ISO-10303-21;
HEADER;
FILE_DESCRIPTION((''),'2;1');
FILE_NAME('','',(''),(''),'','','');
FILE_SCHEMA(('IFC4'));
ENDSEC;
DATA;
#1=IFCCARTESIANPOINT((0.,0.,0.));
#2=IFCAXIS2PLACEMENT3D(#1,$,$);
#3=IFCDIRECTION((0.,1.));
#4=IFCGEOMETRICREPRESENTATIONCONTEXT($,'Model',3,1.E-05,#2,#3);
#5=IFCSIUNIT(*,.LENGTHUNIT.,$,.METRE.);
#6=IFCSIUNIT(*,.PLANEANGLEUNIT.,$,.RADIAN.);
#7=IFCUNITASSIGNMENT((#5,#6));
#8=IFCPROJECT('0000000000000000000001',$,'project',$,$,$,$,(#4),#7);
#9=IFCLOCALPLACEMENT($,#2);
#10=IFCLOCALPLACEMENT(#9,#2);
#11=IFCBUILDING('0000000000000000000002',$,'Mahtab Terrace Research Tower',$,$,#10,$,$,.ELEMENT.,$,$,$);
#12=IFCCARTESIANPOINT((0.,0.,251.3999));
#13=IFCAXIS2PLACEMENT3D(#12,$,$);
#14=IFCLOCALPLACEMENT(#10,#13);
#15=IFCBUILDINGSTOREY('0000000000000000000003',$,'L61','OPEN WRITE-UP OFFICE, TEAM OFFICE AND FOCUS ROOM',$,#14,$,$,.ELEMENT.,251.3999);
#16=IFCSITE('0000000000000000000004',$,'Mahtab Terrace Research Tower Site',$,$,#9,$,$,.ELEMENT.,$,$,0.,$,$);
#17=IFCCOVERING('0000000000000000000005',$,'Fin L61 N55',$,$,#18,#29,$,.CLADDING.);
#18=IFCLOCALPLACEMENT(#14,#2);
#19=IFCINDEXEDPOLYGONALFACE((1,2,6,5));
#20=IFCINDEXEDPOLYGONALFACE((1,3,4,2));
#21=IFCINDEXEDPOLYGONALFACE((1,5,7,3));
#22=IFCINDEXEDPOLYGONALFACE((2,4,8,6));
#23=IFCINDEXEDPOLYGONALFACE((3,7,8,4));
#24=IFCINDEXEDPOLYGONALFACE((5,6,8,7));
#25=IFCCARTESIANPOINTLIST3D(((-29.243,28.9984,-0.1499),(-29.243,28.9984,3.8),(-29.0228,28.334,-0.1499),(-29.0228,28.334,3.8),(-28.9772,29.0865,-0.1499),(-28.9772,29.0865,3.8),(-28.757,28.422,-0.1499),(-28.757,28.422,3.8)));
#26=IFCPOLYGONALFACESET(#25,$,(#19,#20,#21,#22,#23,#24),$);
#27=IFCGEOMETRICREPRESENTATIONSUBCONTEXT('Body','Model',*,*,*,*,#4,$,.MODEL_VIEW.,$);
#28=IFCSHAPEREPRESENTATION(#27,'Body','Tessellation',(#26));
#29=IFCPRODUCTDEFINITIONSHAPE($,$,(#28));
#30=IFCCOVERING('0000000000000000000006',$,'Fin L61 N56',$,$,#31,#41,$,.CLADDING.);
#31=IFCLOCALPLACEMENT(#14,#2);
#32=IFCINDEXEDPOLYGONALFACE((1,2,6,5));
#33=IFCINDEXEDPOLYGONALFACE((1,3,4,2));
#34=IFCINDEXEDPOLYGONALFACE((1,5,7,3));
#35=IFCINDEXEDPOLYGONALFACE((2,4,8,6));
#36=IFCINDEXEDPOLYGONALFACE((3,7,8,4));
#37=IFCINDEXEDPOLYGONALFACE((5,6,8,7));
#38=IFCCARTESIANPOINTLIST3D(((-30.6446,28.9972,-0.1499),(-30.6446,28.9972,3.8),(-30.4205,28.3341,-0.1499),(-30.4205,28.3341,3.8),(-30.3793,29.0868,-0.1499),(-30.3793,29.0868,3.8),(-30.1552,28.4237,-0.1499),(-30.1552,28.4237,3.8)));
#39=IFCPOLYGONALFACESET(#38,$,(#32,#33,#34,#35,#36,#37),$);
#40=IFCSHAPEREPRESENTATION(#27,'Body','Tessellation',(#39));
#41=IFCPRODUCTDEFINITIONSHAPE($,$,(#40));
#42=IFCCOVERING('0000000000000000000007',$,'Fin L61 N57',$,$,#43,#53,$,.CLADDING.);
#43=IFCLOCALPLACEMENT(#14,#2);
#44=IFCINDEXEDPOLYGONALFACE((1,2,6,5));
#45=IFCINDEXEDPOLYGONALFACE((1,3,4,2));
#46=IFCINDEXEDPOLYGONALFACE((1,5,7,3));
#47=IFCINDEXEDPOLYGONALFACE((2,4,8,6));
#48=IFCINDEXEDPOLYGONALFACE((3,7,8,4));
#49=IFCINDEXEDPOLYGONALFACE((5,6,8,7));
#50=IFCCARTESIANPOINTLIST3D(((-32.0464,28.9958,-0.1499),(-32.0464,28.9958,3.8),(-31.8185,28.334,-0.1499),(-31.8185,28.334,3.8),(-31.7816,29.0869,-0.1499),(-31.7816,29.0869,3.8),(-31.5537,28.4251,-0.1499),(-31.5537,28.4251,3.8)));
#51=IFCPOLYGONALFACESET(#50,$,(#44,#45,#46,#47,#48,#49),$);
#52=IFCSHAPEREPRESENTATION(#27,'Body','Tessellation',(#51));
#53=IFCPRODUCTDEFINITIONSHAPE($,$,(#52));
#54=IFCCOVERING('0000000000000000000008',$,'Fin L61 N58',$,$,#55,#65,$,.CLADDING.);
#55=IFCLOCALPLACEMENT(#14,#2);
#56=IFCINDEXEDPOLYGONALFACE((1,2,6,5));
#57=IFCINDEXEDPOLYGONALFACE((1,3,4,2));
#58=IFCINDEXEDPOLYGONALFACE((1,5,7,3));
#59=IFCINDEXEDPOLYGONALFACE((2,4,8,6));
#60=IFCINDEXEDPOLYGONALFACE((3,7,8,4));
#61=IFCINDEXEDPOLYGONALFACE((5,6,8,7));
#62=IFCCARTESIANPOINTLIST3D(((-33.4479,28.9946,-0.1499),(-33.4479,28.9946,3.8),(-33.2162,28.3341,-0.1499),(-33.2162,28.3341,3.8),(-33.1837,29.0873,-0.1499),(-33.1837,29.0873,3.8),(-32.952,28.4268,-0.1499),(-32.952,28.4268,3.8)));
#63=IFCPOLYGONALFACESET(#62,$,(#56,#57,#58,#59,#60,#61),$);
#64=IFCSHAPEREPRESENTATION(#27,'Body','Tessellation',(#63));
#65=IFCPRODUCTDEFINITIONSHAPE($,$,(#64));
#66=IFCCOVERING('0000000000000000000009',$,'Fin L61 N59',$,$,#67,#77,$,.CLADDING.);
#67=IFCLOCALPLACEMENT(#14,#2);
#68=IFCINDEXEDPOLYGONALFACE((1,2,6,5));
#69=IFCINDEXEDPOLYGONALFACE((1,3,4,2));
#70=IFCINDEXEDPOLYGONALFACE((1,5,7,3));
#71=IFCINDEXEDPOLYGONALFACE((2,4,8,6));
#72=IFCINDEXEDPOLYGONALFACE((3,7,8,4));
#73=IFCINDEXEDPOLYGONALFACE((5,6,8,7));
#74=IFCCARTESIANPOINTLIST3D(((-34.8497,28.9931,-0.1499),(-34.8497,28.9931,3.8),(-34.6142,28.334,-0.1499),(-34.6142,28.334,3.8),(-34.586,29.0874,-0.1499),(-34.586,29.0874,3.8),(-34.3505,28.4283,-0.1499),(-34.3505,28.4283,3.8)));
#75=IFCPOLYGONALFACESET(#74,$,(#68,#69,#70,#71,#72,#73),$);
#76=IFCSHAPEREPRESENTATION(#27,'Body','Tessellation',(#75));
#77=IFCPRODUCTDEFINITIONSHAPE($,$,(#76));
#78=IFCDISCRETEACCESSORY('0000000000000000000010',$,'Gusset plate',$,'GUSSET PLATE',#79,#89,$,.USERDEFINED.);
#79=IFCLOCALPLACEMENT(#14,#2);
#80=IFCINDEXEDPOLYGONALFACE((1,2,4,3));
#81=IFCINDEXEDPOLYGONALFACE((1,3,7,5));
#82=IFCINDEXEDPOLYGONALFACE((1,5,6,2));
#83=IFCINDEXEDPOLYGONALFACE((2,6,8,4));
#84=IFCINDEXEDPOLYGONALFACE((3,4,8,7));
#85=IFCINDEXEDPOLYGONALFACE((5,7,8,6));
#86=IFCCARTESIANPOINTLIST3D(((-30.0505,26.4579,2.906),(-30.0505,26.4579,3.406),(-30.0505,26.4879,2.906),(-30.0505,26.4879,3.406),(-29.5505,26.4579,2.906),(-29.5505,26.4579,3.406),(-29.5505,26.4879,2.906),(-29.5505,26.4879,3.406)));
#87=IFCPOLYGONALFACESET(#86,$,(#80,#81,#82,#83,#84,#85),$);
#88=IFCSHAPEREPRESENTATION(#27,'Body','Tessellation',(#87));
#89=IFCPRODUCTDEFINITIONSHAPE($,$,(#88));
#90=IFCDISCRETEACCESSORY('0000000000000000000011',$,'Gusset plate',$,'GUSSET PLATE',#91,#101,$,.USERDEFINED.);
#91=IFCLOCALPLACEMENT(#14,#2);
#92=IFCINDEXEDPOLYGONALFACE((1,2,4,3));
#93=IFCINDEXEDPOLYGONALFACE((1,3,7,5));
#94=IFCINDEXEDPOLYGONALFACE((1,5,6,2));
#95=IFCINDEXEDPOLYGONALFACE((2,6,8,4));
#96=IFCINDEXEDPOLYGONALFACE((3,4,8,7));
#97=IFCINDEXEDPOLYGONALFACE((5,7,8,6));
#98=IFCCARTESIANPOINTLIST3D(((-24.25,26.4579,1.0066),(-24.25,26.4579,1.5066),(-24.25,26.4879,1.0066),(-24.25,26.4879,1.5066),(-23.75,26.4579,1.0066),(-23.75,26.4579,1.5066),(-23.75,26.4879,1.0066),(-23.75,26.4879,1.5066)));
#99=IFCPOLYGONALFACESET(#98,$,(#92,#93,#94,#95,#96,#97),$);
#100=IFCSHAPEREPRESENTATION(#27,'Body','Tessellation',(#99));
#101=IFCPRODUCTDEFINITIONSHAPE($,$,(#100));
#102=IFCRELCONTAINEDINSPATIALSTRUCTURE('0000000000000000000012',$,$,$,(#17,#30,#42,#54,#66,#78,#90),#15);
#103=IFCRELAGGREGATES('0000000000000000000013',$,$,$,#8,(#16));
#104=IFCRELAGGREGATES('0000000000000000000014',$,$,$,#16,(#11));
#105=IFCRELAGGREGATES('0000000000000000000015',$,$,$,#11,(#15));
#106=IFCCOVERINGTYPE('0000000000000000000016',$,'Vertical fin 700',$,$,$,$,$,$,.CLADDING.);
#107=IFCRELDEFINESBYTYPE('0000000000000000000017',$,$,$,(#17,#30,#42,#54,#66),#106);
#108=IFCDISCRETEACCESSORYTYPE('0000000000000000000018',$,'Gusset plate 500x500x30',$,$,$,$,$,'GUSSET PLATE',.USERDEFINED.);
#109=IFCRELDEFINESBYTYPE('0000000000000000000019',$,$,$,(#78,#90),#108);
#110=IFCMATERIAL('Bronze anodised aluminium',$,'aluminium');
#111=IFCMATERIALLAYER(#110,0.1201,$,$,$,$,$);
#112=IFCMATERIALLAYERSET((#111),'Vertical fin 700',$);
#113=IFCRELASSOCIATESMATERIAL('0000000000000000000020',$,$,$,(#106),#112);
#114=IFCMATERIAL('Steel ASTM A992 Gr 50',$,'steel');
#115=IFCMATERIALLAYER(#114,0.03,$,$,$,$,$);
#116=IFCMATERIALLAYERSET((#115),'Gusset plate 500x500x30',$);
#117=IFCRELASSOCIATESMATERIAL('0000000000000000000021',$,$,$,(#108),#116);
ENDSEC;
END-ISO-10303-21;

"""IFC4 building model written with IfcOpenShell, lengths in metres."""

from ifc_helpers import new_model, si_unit, direction, frame, origin, origin_2d, place, context, subcontext, project, spatial, rectangle, extrude, material, layer, layer_set, type_object, element, save


model = new_model("IFC4")

# Units and contexts
model_context = context("Model", 3, precision=1e-05, world=origin(), true_north=direction((0.0, 1.0)))
body_context = subcontext(model_context, "Body", "Model", "MODEL_VIEW")
ifc_project = project(units=[si_unit("LENGTHUNIT", "METRE"), si_unit("PLANEANGLEUNIT", "RADIAN")], contexts=[model_context])

# Site, building, storey
site_placement = place(None, origin())
site = spatial("IfcSite", under=ifc_project, at=site_placement, Name="Mahtab Terrace Research Tower Site", CompositionType="ELEMENT", RefElevation=0.0)
building_placement = place(site_placement, origin())
building = spatial("IfcBuilding", under=site, at=building_placement, Name="Mahtab Terrace Research Tower", CompositionType="ELEMENT")
storey_placement = place(building_placement, frame((0.0, 0.0, 251.3999)))
storey = spatial("IfcBuildingStorey", under=building, at=storey_placement, Name="L61", Description="OPEN WRITE-UP OFFICE, TEAM OFFICE AND FOCUS ROOM", CompositionType="ELEMENT", Elevation=251.3999)

# Shared definitions
ifc_material_1 = material(Name="Steel ASTM A992 Gr 50", Category="steel")

# Coverings
ifc_material_2 = material(Name="Bronze anodised aluminium", Category="aluminium")
ifc_layer_1 = layer(ifc_material_2, 0.1201)
ifc_layer_set_1 = layer_set([ifc_layer_1], Name="Vertical fin 700")
covering_type_1 = type_object("IfcCoveringType", Name="Vertical fin 700", PredefinedType="CLADDING", material=ifc_layer_set_1)
for number, where, z_axis, x_axis, name in (
    (1, (-29.0, 28.7102, -0.1499), (0.0, 0.0, 1.0), (-0.949243, -0.314545, 0.0), "Fin L61 N55"),
    (2, (-30.3999, 28.7104, -0.1499), (0.0, 0.0, 1.0), (-0.947397, -0.320062, 0.0), "Fin L61 N56"),
    (3, (-31.8, 28.7104, -0.1499), (0.0, 0.0, 1.0), (-0.945519, -0.325568, 0.0), "Fin L61 N57"),
    (4, (-33.2, 28.7107, -0.1499), (0.0, 0.0, 1.0), (-0.943609, -0.331063, 0.0), "Fin L61 N58"),
    (5, (-34.6001, 28.7107, -0.1499), (0.0, 0.0, 1.0), (-0.941666, -0.336547, 0.0), "Fin L61 N59"),
):
    element("IfcCovering", number, at=place(storey_placement, frame(where, z_axis=z_axis, x_axis=x_axis)), inside=storey, type_object=covering_type_1, Name=name, PredefinedType="CLADDING", context=body_context, shape_type="SweptSolid", body=[
        extrude(rectangle(XDim=0.28, YDim=0.7, at=origin_2d()), origin(), (0.0, 0.0, 1.0), 3.95),
    ])

# Discrete accessories
ifc_layer_2 = layer(ifc_material_1, 0.03)
ifc_layer_set_2 = layer_set([ifc_layer_2], Name="Gusset plate 500x500x30")
discrete_accessory_type = type_object("IfcDiscreteAccessoryType", Name="Gusset plate 500x500x30", ElementType="GUSSET PLATE", PredefinedType="USERDEFINED", material=ifc_layer_set_2)
for number, where, z_axis, x_axis, name in (
    (6, (-29.8005, 26.4729, 2.906), (0.0, 0.0, 1.0), (1.0, 0.0, 0.0), "Gusset plate"),
    (7, (-24.0, 26.4729, 1.0066), (0.0, 0.0, 1.0), (1.0, 0.0, 0.0), "Gusset plate"),
):
    element("IfcDiscreteAccessory", number, at=place(storey_placement, frame(where, z_axis=z_axis, x_axis=x_axis)), inside=storey, type_object=discrete_accessory_type, Name=name, ObjectType="GUSSET PLATE", PredefinedType="USERDEFINED", context=body_context, shape_type="SweptSolid", body=[
        extrude(rectangle(XDim=0.5, YDim=0.03, at=origin_2d()), origin(), (0.0, 0.0, 1.0), 0.5),
    ])

save(model, "model.ifc")
